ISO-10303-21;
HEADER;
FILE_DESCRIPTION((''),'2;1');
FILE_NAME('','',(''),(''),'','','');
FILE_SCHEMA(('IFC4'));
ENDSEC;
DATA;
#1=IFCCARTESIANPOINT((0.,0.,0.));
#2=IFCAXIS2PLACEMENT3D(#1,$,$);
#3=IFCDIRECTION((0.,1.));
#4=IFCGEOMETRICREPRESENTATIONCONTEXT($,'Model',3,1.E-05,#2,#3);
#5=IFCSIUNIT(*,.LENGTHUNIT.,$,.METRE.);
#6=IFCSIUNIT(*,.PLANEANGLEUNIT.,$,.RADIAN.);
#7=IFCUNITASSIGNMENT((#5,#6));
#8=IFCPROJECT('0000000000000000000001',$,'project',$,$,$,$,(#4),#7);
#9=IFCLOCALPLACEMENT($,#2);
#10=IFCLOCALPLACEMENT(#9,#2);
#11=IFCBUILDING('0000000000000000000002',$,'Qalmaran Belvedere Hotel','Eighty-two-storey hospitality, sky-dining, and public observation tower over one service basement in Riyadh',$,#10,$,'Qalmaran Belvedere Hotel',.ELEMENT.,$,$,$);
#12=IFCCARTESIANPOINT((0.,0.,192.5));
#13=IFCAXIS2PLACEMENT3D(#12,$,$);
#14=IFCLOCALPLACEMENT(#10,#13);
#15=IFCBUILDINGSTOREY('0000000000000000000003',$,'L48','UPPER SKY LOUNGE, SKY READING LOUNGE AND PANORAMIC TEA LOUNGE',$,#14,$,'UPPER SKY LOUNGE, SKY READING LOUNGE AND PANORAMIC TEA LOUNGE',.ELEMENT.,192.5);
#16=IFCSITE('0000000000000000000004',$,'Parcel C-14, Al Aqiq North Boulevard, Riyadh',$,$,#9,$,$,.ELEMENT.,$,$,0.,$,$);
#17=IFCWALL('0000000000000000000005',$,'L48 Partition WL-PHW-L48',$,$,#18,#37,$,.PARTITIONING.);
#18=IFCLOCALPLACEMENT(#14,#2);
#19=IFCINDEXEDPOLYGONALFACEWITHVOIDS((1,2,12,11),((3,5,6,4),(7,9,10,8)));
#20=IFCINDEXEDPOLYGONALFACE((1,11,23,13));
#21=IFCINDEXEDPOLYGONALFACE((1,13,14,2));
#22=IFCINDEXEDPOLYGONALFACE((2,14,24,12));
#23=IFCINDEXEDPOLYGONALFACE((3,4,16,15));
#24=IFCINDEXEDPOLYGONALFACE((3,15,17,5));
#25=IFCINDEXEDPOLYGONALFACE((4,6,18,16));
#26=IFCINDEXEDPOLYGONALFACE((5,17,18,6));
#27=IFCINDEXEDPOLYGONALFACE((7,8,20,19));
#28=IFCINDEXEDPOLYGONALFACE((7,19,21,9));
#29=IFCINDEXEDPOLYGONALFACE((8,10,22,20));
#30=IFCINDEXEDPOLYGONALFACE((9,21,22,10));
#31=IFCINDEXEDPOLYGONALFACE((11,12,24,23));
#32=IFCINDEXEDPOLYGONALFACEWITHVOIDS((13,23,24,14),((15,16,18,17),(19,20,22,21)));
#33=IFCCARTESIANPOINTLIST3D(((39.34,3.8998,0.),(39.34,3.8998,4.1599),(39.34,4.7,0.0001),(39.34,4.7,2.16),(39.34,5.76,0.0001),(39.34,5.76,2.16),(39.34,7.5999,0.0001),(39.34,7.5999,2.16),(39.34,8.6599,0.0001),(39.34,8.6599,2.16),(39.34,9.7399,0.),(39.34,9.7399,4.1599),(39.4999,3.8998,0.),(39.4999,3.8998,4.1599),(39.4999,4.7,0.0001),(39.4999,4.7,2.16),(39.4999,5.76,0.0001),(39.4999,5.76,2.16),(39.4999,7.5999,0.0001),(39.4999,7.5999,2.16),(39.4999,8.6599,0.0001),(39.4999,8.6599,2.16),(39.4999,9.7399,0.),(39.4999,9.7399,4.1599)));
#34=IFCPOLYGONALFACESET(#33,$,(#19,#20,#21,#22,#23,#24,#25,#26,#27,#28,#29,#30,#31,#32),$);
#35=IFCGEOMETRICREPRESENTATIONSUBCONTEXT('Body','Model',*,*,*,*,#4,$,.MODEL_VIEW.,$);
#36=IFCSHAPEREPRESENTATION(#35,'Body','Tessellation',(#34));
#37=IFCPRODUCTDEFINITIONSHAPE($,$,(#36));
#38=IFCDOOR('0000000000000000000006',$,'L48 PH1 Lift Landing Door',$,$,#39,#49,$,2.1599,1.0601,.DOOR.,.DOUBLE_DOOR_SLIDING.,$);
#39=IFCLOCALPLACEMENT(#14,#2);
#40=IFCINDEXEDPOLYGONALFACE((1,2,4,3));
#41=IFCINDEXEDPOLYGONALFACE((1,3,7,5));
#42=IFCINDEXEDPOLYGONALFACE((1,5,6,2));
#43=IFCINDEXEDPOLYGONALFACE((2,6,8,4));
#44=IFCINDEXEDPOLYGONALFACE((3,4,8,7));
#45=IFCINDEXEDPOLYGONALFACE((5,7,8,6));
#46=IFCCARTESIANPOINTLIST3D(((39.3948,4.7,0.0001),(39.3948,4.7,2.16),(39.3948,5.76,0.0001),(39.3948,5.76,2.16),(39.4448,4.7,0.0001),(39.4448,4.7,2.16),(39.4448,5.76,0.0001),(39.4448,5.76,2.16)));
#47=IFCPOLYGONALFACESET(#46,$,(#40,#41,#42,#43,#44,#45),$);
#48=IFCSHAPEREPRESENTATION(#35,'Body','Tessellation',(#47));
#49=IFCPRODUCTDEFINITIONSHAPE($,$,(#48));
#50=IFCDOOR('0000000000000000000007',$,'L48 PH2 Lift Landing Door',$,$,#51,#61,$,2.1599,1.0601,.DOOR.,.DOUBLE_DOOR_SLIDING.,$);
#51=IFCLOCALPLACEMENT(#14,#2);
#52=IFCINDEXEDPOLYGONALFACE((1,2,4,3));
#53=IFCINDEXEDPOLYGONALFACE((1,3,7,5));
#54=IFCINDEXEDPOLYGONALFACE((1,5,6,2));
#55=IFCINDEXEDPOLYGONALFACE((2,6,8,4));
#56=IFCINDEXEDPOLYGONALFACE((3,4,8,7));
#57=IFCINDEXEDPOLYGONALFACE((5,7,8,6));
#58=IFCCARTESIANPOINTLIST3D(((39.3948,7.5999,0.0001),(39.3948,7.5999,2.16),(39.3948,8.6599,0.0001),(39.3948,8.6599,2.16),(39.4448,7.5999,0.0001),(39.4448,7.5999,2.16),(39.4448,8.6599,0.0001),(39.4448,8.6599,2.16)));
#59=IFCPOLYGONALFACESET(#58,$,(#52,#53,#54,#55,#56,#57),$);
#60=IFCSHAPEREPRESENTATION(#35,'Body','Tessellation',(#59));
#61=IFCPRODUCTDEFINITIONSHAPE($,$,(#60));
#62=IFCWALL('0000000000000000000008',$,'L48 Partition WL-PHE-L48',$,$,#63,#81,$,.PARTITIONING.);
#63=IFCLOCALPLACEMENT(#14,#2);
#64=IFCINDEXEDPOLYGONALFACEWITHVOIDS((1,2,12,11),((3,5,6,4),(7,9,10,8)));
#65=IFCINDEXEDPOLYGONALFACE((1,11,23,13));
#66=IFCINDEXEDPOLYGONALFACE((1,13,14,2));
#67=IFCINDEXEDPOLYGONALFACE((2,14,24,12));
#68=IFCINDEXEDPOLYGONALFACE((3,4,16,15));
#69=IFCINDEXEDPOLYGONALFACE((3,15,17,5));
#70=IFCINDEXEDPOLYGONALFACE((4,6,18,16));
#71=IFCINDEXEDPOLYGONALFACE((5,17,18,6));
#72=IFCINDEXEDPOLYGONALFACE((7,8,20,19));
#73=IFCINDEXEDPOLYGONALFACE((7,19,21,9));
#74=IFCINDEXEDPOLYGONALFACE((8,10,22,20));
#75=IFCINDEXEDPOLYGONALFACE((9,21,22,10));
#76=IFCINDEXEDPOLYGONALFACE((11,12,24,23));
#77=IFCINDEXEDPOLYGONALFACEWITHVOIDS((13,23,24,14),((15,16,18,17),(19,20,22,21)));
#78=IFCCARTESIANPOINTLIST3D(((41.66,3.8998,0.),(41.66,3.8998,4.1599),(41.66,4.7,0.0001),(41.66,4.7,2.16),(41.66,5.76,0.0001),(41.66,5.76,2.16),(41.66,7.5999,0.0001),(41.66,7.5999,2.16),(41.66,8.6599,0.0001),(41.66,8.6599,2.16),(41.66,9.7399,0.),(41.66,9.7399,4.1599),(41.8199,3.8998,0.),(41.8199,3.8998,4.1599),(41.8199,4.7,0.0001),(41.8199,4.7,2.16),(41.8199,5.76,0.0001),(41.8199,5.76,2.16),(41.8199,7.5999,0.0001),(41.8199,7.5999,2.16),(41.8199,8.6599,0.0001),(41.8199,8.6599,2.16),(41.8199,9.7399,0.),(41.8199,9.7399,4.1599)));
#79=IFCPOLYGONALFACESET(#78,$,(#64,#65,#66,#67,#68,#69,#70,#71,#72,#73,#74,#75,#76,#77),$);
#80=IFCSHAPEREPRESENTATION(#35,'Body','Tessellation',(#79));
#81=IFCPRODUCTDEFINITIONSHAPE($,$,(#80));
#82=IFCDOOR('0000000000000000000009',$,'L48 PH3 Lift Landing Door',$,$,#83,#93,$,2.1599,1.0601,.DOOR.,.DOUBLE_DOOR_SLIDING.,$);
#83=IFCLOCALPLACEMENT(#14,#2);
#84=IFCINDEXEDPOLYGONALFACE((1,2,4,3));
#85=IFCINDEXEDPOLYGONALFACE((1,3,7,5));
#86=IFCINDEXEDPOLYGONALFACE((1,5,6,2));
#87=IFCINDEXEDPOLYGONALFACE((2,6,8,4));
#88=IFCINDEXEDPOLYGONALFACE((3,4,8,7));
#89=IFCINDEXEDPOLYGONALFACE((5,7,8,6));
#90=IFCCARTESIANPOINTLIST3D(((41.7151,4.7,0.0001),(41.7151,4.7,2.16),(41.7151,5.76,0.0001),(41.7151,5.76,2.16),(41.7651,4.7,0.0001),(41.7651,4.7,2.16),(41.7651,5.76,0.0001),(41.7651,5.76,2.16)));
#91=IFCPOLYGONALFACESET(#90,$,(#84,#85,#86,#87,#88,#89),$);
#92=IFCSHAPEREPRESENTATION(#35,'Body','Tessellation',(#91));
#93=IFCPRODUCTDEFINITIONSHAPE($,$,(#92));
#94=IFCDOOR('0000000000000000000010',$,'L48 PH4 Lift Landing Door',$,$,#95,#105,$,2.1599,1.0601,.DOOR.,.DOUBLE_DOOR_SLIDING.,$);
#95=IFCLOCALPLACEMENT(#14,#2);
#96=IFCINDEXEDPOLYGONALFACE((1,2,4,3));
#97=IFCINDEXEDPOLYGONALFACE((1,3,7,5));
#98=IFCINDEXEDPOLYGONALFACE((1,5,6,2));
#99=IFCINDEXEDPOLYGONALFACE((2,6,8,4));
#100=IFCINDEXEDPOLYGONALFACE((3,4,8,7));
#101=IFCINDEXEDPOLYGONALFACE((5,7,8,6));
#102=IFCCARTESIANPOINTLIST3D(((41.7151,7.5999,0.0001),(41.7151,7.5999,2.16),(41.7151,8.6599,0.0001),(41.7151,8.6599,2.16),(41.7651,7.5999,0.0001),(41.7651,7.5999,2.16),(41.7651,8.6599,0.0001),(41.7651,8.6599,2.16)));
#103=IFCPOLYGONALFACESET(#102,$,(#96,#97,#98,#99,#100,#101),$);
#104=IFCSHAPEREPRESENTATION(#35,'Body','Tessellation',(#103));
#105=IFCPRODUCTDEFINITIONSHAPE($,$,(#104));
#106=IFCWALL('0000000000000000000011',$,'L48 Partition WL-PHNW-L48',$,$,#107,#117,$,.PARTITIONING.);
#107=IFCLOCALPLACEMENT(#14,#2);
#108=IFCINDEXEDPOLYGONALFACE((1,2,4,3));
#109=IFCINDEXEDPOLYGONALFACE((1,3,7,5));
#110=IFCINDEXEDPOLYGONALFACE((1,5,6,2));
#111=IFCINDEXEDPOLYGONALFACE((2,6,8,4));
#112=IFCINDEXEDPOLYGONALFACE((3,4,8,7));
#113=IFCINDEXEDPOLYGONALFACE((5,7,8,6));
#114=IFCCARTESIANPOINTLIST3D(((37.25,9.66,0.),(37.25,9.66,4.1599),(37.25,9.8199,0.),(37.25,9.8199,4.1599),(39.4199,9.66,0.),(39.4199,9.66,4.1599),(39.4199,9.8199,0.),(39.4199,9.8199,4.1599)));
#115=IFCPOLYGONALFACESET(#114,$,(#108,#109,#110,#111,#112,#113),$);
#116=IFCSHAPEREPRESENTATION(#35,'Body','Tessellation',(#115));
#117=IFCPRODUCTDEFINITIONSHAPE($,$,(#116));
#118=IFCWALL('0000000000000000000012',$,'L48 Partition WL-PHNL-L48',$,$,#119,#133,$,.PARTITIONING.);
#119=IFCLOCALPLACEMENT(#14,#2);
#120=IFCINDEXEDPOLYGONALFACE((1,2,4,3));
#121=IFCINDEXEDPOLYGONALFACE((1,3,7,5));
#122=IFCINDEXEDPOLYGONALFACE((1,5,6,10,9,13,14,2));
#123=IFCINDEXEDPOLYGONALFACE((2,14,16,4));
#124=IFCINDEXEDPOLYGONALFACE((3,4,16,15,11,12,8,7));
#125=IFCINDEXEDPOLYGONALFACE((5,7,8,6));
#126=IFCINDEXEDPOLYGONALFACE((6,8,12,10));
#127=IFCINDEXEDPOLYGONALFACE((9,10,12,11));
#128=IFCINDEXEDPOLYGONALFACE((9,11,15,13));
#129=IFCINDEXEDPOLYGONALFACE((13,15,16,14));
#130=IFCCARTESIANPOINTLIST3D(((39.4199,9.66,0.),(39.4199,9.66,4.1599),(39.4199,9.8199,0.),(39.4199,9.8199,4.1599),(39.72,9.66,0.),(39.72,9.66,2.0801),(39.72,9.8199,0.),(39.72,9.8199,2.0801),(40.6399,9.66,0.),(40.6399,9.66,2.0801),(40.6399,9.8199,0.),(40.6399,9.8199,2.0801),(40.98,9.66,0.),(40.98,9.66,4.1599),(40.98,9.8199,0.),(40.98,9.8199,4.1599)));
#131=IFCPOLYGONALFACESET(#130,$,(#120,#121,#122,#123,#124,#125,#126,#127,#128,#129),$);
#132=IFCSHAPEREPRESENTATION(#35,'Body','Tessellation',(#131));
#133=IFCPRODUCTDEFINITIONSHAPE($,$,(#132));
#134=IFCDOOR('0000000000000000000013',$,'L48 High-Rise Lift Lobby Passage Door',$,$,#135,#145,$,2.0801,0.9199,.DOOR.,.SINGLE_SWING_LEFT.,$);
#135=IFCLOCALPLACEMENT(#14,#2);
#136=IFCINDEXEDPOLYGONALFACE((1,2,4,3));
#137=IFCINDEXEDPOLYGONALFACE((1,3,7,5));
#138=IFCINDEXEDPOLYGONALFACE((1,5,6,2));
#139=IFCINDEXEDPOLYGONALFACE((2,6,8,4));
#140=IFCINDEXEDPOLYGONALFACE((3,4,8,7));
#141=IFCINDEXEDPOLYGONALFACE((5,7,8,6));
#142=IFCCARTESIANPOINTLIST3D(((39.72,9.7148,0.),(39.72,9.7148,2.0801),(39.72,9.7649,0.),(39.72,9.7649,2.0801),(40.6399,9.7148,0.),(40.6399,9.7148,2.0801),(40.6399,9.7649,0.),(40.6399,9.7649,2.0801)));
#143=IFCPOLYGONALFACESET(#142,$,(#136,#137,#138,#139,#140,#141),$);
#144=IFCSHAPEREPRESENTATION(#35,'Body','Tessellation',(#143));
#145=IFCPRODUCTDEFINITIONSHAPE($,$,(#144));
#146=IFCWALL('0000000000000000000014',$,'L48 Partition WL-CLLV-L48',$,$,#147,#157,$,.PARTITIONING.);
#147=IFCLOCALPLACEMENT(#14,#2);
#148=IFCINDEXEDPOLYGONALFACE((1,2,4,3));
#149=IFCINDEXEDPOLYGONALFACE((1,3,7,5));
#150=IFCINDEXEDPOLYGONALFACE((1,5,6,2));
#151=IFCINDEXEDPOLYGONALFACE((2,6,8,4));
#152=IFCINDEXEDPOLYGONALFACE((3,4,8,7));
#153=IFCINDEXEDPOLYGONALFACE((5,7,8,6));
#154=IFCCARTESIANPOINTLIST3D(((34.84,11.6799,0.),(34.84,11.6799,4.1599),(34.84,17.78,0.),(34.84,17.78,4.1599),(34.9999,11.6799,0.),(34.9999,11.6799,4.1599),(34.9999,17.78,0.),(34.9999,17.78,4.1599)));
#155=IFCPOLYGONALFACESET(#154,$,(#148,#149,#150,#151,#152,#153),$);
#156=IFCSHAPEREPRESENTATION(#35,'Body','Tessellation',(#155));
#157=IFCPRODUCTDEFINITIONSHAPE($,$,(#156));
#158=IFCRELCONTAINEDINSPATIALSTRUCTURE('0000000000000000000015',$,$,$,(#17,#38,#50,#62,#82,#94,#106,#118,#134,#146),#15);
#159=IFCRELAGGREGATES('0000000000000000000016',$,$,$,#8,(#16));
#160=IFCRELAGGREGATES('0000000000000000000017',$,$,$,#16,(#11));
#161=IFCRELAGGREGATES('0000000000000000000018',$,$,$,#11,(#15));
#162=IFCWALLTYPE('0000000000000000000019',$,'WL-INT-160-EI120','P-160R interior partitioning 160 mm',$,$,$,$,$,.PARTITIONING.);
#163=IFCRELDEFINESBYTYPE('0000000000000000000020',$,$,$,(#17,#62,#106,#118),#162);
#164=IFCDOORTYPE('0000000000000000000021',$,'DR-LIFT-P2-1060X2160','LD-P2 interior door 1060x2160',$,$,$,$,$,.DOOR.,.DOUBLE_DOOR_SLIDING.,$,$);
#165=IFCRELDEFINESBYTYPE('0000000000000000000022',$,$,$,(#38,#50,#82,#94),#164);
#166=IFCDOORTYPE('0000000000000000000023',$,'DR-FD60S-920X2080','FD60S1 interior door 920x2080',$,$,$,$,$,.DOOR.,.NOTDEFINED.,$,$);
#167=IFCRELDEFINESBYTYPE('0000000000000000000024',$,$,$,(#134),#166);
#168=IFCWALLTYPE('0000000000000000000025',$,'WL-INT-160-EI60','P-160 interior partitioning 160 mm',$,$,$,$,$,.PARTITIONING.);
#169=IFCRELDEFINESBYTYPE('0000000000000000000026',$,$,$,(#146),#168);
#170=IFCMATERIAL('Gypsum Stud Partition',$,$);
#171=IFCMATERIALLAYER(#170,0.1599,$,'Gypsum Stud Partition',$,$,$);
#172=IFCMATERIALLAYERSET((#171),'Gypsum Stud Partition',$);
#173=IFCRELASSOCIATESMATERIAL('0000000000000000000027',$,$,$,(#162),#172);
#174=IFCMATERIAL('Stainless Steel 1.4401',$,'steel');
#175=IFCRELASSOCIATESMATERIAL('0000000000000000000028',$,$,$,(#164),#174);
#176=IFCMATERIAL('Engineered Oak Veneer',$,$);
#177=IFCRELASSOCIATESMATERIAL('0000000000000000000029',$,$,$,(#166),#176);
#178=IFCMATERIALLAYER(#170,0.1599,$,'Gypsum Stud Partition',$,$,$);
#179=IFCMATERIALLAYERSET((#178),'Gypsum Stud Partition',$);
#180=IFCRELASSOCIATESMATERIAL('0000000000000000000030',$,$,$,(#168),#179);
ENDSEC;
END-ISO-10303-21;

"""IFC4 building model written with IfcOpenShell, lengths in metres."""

from ifc_helpers import new_model, si_unit, direction, frame, frame_2d, origin, place, context, subcontext, project, spatial, rectangle, extrude, material, layer, layer_set, type_object, element, fill, save


model = new_model("IFC4")

# Units and contexts
model_context = context("Model", 3, precision=1e-05, world=origin(), true_north=direction((0.0, 1.0)))
body_context = subcontext(model_context, "Body", "Model", "MODEL_VIEW")
ifc_project = project(units=[si_unit("LENGTHUNIT", "METRE"), si_unit("PLANEANGLEUNIT", "RADIAN")], contexts=[model_context])

# Site, building, storey
site_placement = place(None, origin())
site = spatial("IfcSite", under=ifc_project, at=site_placement, Name="Parcel C-14, Al Aqiq North Boulevard, Riyadh", CompositionType="ELEMENT", RefElevation=0.0)
building_placement = place(site_placement, origin())
building = spatial("IfcBuilding", under=site, at=building_placement, Name="Qalmaran Belvedere Hotel", Description="Eighty-two-storey hospitality, sky-dining, and public observation tower over one service basement in Riyadh", LongName="Qalmaran Belvedere Hotel", CompositionType="ELEMENT")
storey_placement = place(building_placement, frame((0.0, 0.0, 192.5)))
storey = spatial("IfcBuildingStorey", under=building, at=storey_placement, Name="L48", Description="UPPER SKY LOUNGE, SKY READING LOUNGE AND PANORAMIC TEA LOUNGE", LongName="UPPER SKY LOUNGE, SKY READING LOUNGE AND PANORAMIC TEA LOUNGE", CompositionType="ELEMENT", Elevation=192.5)

# Shared definitions
ifc_material_1 = material(Name="Gypsum Stud Partition")

# Walls, openings, doors
ifc_layer_1 = layer(ifc_material_1, 0.1599, Name="Gypsum Stud Partition")
ifc_layer_set_1 = layer_set([ifc_layer_1], Name="Gypsum Stud Partition")
wall_type_1 = type_object("IfcWallType", Name="WL-INT-160-EI120", Description="P-160R interior partitioning 160 mm", PredefinedType="PARTITIONING", material=ifc_layer_set_1)
wall_1_placement = place(storey_placement, frame((39.4199, 3.8999, 0.0), z_axis=(0.0, 0.0, 1.0), x_axis=(0.0, 1.0, 0.0)))
wall_1 = element("IfcWall", 1, at=wall_1_placement, inside=storey, type_object=wall_type_1, Name="L48 Partition WL-PHW-L48", PredefinedType="PARTITIONING", context=body_context, shape_type="SweptSolid", body=[
    extrude(rectangle(XDim=5.8401, YDim=0.1599, at=frame_2d((2.9199, 0.0))), origin(), (0.0, 0.0, 1.0), 4.1599),
])
opening_1_placement = place(wall_1_placement, frame((1.8601, 0.0, 0.0), z_axis=(0.0, 0.0, 1.0), x_axis=(-1.0, 0.0, 0.0)))
opening_1 = element("IfcOpeningElement", 2, at=opening_1_placement, cuts=wall_1, PredefinedType="OPENING", context=body_context, shape_type="SweptSolid", body=[
    extrude(rectangle(XDim=1.0601, YDim=2.1599, at=frame_2d((0.53, 1.0801))), frame((0.0, 0.0898, 0.0), z_axis=(0.0, -1.0, 0.0), x_axis=(1.0, 0.0, 0.0)), (0.0, 0.0, 1.0), 0.1799),
])
opening_2_placement = place(wall_1_placement, frame((4.76, 0.0, 0.0), z_axis=(0.0, 0.0, 1.0), x_axis=(-1.0, 0.0, 0.0)))
opening_2 = element("IfcOpeningElement", 3, at=opening_2_placement, cuts=wall_1, PredefinedType="OPENING", context=body_context, shape_type="SweptSolid", body=[
    extrude(rectangle(XDim=1.0601, YDim=2.1599, at=frame_2d((0.53, 1.0801))), frame((0.0, 0.0898, 0.0), z_axis=(0.0, -1.0, 0.0), x_axis=(1.0, 0.0, 0.0)), (0.0, 0.0, 1.0), 0.1799),
])
ifc_material_2 = material(Name="Stainless Steel 1.4401", Category="steel")
door_type_1 = type_object("IfcDoorType", Name="DR-LIFT-P2-1060X2160", Description="LD-P2 interior door 1060x2160", OperationType="DOUBLE_DOOR_SLIDING", PredefinedType="DOOR", material=ifc_material_2)
door_1_placement = place(opening_1_placement, origin())
door_1 = element("IfcDoor", 4, at=door_1_placement, inside=storey, type_object=door_type_1, Name="L48 PH1 Lift Landing Door", OperationType="DOUBLE_DOOR_SLIDING", OverallHeight=2.1599, OverallWidth=1.0601, PredefinedType="DOOR", context=body_context, shape_type="SweptSolid", body=[
    extrude(rectangle(XDim=1.0601, YDim=2.1599, at=frame_2d((0.53, 1.0801))), frame((0.0, 0.0249, 0.0), z_axis=(0.0, -1.0, 0.0), x_axis=(1.0, 0.0, 0.0)), (0.0, 0.0, 1.0), 0.05),
])
fill(opening_1, door_1)
door_2_placement = place(opening_2_placement, origin())
door_2 = element("IfcDoor", 5, at=door_2_placement, inside=storey, type_object=door_type_1, Name="L48 PH2 Lift Landing Door", OperationType="DOUBLE_DOOR_SLIDING", OverallHeight=2.1599, OverallWidth=1.0601, PredefinedType="DOOR", context=body_context, shape_type="SweptSolid", body=[
    extrude(rectangle(XDim=1.0601, YDim=2.1599, at=frame_2d((0.53, 1.0801))), frame((0.0, 0.0249, 0.0), z_axis=(0.0, -1.0, 0.0), x_axis=(1.0, 0.0, 0.0)), (0.0, 0.0, 1.0), 0.05),
])
fill(opening_2, door_2)
wall_2_placement = place(storey_placement, frame((41.74, 3.8999, 0.0), z_axis=(0.0, 0.0, 1.0), x_axis=(0.0, 1.0, 0.0)))
wall_2 = element("IfcWall", 6, at=wall_2_placement, inside=storey, type_object=wall_type_1, Name="L48 Partition WL-PHE-L48", PredefinedType="PARTITIONING", context=body_context, shape_type="SweptSolid", body=[
    extrude(rectangle(XDim=5.8401, YDim=0.1599, at=frame_2d((2.9199, 0.0))), origin(), (0.0, 0.0, 1.0), 4.1599),
])
opening_3_placement = place(wall_2_placement, frame((0.8, 0.0, 0.0)))
opening_3 = element("IfcOpeningElement", 7, at=opening_3_placement, cuts=wall_2, PredefinedType="OPENING", context=body_context, shape_type="SweptSolid", body=[
    extrude(rectangle(XDim=1.0601, YDim=2.1599, at=frame_2d((0.53, 1.0801))), frame((0.0, 0.0898, 0.0), z_axis=(0.0, -1.0, 0.0), x_axis=(1.0, 0.0, 0.0)), (0.0, 0.0, 1.0), 0.1799),
])
opening_4_placement = place(wall_2_placement, frame((3.7, 0.0, 0.0)))
opening_4 = element("IfcOpeningElement", 8, at=opening_4_placement, cuts=wall_2, PredefinedType="OPENING", context=body_context, shape_type="SweptSolid", body=[
    extrude(rectangle(XDim=1.0601, YDim=2.1599, at=frame_2d((0.53, 1.0801))), frame((0.0, 0.0898, 0.0), z_axis=(0.0, -1.0, 0.0), x_axis=(1.0, 0.0, 0.0)), (0.0, 0.0, 1.0), 0.1799),
])
door_3_placement = place(opening_3_placement, origin())
door_3 = element("IfcDoor", 9, at=door_3_placement, inside=storey, type_object=door_type_1, Name="L48 PH3 Lift Landing Door", OperationType="DOUBLE_DOOR_SLIDING", OverallHeight=2.1599, OverallWidth=1.0601, PredefinedType="DOOR", context=body_context, shape_type="SweptSolid", body=[
    extrude(rectangle(XDim=1.0601, YDim=2.1599, at=frame_2d((0.53, 1.0801))), frame((0.0, 0.0249, 0.0), z_axis=(0.0, -1.0, 0.0), x_axis=(1.0, 0.0, 0.0)), (0.0, 0.0, 1.0), 0.05),
])
fill(opening_3, door_3)
door_4_placement = place(opening_4_placement, origin())
door_4 = element("IfcDoor", 10, at=door_4_placement, inside=storey, type_object=door_type_1, Name="L48 PH4 Lift Landing Door", OperationType="DOUBLE_DOOR_SLIDING", OverallHeight=2.1599, OverallWidth=1.0601, PredefinedType="DOOR", context=body_context, shape_type="SweptSolid", body=[
    extrude(rectangle(XDim=1.0601, YDim=2.1599, at=frame_2d((0.53, 1.0801))), frame((0.0, 0.0249, 0.0), z_axis=(0.0, -1.0, 0.0), x_axis=(1.0, 0.0, 0.0)), (0.0, 0.0, 1.0), 0.05),
])
fill(opening_4, door_4)

# Wall
wall_3_placement = place(storey_placement, frame((37.25, 9.74, 0.0), z_axis=(0.0, 0.0, 1.0), x_axis=(1.0, 0.0, 0.0)))
element("IfcWall", 11, at=wall_3_placement, inside=storey, type_object=wall_type_1, Name="L48 Partition WL-PHNW-L48", PredefinedType="PARTITIONING", context=body_context, shape_type="SweptSolid", body=[
    extrude(rectangle(XDim=2.1699, YDim=0.1599, at=frame_2d((1.085, 0.0))), origin(), (0.0, 0.0, 1.0), 4.1599),
])

# Wall, opening, door
wall_4_placement = place(storey_placement, frame((39.4199, 9.74, 0.0), z_axis=(0.0, 0.0, 1.0), x_axis=(1.0, 0.0, 0.0)))
wall_4 = element("IfcWall", 12, at=wall_4_placement, inside=storey, type_object=wall_type_1, Name="L48 Partition WL-PHNL-L48", PredefinedType="PARTITIONING", context=body_context, shape_type="SweptSolid", body=[
    extrude(rectangle(XDim=1.5601, YDim=0.1599, at=frame_2d((0.78, 0.0))), origin(), (0.0, 0.0, 1.0), 4.1599),
])
opening_5_placement = place(wall_4_placement, frame((0.3, 0.0, 0.0)))
opening_5 = element("IfcOpeningElement", 13, at=opening_5_placement, cuts=wall_4, PredefinedType="OPENING", context=body_context, shape_type="SweptSolid", body=[
    extrude(rectangle(XDim=0.9199, YDim=2.0801, at=frame_2d((0.46, 1.04))), frame((0.0, 0.0898, 0.0), z_axis=(0.0, -1.0, 0.0), x_axis=(1.0, 0.0, 0.0)), (0.0, 0.0, 1.0), 0.1799),
])
ifc_material_3 = material(Name="Engineered Oak Veneer")
door_type_2 = type_object("IfcDoorType", Name="DR-FD60S-920X2080", Description="FD60S1 interior door 920x2080", OperationType="NOTDEFINED", PredefinedType="DOOR", material=ifc_material_3)
door_5_placement = place(opening_5_placement, origin())
door_5 = element("IfcDoor", 14, at=door_5_placement, inside=storey, type_object=door_type_2, Name="L48 High-Rise Lift Lobby Passage Door", OperationType="SINGLE_SWING_LEFT", OverallHeight=2.0801, OverallWidth=0.9199, PredefinedType="DOOR", context=body_context, shape_type="SweptSolid", body=[
    extrude(rectangle(XDim=0.9199, YDim=2.0801, at=frame_2d((0.46, 1.04))), frame((0.0, 0.0249, 0.0), z_axis=(0.0, -1.0, 0.0), x_axis=(1.0, 0.0, 0.0)), (0.0, 0.0, 1.0), 0.05),
])
fill(opening_5, door_5)

# Wall
ifc_layer_2 = layer(ifc_material_1, 0.1599, Name="Gypsum Stud Partition")
ifc_layer_set_2 = layer_set([ifc_layer_2], Name="Gypsum Stud Partition")
wall_type_2 = type_object("IfcWallType", Name="WL-INT-160-EI60", Description="P-160 interior partitioning 160 mm", PredefinedType="PARTITIONING", material=ifc_layer_set_2)
wall_5_placement = place(storey_placement, frame((34.9199, 11.6799, 0.0), z_axis=(0.0, 0.0, 1.0), x_axis=(0.0, 1.0, 0.0)))
element("IfcWall", 15, at=wall_5_placement, inside=storey, type_object=wall_type_2, Name="L48 Partition WL-CLLV-L48", PredefinedType="PARTITIONING", context=body_context, shape_type="SweptSolid", body=[
    extrude(rectangle(XDim=6.1001, YDim=0.1599, at=frame_2d((3.05, 0.0))), origin(), (0.0, 0.0, 1.0), 4.1599),
])

save(model, "model.ifc")
